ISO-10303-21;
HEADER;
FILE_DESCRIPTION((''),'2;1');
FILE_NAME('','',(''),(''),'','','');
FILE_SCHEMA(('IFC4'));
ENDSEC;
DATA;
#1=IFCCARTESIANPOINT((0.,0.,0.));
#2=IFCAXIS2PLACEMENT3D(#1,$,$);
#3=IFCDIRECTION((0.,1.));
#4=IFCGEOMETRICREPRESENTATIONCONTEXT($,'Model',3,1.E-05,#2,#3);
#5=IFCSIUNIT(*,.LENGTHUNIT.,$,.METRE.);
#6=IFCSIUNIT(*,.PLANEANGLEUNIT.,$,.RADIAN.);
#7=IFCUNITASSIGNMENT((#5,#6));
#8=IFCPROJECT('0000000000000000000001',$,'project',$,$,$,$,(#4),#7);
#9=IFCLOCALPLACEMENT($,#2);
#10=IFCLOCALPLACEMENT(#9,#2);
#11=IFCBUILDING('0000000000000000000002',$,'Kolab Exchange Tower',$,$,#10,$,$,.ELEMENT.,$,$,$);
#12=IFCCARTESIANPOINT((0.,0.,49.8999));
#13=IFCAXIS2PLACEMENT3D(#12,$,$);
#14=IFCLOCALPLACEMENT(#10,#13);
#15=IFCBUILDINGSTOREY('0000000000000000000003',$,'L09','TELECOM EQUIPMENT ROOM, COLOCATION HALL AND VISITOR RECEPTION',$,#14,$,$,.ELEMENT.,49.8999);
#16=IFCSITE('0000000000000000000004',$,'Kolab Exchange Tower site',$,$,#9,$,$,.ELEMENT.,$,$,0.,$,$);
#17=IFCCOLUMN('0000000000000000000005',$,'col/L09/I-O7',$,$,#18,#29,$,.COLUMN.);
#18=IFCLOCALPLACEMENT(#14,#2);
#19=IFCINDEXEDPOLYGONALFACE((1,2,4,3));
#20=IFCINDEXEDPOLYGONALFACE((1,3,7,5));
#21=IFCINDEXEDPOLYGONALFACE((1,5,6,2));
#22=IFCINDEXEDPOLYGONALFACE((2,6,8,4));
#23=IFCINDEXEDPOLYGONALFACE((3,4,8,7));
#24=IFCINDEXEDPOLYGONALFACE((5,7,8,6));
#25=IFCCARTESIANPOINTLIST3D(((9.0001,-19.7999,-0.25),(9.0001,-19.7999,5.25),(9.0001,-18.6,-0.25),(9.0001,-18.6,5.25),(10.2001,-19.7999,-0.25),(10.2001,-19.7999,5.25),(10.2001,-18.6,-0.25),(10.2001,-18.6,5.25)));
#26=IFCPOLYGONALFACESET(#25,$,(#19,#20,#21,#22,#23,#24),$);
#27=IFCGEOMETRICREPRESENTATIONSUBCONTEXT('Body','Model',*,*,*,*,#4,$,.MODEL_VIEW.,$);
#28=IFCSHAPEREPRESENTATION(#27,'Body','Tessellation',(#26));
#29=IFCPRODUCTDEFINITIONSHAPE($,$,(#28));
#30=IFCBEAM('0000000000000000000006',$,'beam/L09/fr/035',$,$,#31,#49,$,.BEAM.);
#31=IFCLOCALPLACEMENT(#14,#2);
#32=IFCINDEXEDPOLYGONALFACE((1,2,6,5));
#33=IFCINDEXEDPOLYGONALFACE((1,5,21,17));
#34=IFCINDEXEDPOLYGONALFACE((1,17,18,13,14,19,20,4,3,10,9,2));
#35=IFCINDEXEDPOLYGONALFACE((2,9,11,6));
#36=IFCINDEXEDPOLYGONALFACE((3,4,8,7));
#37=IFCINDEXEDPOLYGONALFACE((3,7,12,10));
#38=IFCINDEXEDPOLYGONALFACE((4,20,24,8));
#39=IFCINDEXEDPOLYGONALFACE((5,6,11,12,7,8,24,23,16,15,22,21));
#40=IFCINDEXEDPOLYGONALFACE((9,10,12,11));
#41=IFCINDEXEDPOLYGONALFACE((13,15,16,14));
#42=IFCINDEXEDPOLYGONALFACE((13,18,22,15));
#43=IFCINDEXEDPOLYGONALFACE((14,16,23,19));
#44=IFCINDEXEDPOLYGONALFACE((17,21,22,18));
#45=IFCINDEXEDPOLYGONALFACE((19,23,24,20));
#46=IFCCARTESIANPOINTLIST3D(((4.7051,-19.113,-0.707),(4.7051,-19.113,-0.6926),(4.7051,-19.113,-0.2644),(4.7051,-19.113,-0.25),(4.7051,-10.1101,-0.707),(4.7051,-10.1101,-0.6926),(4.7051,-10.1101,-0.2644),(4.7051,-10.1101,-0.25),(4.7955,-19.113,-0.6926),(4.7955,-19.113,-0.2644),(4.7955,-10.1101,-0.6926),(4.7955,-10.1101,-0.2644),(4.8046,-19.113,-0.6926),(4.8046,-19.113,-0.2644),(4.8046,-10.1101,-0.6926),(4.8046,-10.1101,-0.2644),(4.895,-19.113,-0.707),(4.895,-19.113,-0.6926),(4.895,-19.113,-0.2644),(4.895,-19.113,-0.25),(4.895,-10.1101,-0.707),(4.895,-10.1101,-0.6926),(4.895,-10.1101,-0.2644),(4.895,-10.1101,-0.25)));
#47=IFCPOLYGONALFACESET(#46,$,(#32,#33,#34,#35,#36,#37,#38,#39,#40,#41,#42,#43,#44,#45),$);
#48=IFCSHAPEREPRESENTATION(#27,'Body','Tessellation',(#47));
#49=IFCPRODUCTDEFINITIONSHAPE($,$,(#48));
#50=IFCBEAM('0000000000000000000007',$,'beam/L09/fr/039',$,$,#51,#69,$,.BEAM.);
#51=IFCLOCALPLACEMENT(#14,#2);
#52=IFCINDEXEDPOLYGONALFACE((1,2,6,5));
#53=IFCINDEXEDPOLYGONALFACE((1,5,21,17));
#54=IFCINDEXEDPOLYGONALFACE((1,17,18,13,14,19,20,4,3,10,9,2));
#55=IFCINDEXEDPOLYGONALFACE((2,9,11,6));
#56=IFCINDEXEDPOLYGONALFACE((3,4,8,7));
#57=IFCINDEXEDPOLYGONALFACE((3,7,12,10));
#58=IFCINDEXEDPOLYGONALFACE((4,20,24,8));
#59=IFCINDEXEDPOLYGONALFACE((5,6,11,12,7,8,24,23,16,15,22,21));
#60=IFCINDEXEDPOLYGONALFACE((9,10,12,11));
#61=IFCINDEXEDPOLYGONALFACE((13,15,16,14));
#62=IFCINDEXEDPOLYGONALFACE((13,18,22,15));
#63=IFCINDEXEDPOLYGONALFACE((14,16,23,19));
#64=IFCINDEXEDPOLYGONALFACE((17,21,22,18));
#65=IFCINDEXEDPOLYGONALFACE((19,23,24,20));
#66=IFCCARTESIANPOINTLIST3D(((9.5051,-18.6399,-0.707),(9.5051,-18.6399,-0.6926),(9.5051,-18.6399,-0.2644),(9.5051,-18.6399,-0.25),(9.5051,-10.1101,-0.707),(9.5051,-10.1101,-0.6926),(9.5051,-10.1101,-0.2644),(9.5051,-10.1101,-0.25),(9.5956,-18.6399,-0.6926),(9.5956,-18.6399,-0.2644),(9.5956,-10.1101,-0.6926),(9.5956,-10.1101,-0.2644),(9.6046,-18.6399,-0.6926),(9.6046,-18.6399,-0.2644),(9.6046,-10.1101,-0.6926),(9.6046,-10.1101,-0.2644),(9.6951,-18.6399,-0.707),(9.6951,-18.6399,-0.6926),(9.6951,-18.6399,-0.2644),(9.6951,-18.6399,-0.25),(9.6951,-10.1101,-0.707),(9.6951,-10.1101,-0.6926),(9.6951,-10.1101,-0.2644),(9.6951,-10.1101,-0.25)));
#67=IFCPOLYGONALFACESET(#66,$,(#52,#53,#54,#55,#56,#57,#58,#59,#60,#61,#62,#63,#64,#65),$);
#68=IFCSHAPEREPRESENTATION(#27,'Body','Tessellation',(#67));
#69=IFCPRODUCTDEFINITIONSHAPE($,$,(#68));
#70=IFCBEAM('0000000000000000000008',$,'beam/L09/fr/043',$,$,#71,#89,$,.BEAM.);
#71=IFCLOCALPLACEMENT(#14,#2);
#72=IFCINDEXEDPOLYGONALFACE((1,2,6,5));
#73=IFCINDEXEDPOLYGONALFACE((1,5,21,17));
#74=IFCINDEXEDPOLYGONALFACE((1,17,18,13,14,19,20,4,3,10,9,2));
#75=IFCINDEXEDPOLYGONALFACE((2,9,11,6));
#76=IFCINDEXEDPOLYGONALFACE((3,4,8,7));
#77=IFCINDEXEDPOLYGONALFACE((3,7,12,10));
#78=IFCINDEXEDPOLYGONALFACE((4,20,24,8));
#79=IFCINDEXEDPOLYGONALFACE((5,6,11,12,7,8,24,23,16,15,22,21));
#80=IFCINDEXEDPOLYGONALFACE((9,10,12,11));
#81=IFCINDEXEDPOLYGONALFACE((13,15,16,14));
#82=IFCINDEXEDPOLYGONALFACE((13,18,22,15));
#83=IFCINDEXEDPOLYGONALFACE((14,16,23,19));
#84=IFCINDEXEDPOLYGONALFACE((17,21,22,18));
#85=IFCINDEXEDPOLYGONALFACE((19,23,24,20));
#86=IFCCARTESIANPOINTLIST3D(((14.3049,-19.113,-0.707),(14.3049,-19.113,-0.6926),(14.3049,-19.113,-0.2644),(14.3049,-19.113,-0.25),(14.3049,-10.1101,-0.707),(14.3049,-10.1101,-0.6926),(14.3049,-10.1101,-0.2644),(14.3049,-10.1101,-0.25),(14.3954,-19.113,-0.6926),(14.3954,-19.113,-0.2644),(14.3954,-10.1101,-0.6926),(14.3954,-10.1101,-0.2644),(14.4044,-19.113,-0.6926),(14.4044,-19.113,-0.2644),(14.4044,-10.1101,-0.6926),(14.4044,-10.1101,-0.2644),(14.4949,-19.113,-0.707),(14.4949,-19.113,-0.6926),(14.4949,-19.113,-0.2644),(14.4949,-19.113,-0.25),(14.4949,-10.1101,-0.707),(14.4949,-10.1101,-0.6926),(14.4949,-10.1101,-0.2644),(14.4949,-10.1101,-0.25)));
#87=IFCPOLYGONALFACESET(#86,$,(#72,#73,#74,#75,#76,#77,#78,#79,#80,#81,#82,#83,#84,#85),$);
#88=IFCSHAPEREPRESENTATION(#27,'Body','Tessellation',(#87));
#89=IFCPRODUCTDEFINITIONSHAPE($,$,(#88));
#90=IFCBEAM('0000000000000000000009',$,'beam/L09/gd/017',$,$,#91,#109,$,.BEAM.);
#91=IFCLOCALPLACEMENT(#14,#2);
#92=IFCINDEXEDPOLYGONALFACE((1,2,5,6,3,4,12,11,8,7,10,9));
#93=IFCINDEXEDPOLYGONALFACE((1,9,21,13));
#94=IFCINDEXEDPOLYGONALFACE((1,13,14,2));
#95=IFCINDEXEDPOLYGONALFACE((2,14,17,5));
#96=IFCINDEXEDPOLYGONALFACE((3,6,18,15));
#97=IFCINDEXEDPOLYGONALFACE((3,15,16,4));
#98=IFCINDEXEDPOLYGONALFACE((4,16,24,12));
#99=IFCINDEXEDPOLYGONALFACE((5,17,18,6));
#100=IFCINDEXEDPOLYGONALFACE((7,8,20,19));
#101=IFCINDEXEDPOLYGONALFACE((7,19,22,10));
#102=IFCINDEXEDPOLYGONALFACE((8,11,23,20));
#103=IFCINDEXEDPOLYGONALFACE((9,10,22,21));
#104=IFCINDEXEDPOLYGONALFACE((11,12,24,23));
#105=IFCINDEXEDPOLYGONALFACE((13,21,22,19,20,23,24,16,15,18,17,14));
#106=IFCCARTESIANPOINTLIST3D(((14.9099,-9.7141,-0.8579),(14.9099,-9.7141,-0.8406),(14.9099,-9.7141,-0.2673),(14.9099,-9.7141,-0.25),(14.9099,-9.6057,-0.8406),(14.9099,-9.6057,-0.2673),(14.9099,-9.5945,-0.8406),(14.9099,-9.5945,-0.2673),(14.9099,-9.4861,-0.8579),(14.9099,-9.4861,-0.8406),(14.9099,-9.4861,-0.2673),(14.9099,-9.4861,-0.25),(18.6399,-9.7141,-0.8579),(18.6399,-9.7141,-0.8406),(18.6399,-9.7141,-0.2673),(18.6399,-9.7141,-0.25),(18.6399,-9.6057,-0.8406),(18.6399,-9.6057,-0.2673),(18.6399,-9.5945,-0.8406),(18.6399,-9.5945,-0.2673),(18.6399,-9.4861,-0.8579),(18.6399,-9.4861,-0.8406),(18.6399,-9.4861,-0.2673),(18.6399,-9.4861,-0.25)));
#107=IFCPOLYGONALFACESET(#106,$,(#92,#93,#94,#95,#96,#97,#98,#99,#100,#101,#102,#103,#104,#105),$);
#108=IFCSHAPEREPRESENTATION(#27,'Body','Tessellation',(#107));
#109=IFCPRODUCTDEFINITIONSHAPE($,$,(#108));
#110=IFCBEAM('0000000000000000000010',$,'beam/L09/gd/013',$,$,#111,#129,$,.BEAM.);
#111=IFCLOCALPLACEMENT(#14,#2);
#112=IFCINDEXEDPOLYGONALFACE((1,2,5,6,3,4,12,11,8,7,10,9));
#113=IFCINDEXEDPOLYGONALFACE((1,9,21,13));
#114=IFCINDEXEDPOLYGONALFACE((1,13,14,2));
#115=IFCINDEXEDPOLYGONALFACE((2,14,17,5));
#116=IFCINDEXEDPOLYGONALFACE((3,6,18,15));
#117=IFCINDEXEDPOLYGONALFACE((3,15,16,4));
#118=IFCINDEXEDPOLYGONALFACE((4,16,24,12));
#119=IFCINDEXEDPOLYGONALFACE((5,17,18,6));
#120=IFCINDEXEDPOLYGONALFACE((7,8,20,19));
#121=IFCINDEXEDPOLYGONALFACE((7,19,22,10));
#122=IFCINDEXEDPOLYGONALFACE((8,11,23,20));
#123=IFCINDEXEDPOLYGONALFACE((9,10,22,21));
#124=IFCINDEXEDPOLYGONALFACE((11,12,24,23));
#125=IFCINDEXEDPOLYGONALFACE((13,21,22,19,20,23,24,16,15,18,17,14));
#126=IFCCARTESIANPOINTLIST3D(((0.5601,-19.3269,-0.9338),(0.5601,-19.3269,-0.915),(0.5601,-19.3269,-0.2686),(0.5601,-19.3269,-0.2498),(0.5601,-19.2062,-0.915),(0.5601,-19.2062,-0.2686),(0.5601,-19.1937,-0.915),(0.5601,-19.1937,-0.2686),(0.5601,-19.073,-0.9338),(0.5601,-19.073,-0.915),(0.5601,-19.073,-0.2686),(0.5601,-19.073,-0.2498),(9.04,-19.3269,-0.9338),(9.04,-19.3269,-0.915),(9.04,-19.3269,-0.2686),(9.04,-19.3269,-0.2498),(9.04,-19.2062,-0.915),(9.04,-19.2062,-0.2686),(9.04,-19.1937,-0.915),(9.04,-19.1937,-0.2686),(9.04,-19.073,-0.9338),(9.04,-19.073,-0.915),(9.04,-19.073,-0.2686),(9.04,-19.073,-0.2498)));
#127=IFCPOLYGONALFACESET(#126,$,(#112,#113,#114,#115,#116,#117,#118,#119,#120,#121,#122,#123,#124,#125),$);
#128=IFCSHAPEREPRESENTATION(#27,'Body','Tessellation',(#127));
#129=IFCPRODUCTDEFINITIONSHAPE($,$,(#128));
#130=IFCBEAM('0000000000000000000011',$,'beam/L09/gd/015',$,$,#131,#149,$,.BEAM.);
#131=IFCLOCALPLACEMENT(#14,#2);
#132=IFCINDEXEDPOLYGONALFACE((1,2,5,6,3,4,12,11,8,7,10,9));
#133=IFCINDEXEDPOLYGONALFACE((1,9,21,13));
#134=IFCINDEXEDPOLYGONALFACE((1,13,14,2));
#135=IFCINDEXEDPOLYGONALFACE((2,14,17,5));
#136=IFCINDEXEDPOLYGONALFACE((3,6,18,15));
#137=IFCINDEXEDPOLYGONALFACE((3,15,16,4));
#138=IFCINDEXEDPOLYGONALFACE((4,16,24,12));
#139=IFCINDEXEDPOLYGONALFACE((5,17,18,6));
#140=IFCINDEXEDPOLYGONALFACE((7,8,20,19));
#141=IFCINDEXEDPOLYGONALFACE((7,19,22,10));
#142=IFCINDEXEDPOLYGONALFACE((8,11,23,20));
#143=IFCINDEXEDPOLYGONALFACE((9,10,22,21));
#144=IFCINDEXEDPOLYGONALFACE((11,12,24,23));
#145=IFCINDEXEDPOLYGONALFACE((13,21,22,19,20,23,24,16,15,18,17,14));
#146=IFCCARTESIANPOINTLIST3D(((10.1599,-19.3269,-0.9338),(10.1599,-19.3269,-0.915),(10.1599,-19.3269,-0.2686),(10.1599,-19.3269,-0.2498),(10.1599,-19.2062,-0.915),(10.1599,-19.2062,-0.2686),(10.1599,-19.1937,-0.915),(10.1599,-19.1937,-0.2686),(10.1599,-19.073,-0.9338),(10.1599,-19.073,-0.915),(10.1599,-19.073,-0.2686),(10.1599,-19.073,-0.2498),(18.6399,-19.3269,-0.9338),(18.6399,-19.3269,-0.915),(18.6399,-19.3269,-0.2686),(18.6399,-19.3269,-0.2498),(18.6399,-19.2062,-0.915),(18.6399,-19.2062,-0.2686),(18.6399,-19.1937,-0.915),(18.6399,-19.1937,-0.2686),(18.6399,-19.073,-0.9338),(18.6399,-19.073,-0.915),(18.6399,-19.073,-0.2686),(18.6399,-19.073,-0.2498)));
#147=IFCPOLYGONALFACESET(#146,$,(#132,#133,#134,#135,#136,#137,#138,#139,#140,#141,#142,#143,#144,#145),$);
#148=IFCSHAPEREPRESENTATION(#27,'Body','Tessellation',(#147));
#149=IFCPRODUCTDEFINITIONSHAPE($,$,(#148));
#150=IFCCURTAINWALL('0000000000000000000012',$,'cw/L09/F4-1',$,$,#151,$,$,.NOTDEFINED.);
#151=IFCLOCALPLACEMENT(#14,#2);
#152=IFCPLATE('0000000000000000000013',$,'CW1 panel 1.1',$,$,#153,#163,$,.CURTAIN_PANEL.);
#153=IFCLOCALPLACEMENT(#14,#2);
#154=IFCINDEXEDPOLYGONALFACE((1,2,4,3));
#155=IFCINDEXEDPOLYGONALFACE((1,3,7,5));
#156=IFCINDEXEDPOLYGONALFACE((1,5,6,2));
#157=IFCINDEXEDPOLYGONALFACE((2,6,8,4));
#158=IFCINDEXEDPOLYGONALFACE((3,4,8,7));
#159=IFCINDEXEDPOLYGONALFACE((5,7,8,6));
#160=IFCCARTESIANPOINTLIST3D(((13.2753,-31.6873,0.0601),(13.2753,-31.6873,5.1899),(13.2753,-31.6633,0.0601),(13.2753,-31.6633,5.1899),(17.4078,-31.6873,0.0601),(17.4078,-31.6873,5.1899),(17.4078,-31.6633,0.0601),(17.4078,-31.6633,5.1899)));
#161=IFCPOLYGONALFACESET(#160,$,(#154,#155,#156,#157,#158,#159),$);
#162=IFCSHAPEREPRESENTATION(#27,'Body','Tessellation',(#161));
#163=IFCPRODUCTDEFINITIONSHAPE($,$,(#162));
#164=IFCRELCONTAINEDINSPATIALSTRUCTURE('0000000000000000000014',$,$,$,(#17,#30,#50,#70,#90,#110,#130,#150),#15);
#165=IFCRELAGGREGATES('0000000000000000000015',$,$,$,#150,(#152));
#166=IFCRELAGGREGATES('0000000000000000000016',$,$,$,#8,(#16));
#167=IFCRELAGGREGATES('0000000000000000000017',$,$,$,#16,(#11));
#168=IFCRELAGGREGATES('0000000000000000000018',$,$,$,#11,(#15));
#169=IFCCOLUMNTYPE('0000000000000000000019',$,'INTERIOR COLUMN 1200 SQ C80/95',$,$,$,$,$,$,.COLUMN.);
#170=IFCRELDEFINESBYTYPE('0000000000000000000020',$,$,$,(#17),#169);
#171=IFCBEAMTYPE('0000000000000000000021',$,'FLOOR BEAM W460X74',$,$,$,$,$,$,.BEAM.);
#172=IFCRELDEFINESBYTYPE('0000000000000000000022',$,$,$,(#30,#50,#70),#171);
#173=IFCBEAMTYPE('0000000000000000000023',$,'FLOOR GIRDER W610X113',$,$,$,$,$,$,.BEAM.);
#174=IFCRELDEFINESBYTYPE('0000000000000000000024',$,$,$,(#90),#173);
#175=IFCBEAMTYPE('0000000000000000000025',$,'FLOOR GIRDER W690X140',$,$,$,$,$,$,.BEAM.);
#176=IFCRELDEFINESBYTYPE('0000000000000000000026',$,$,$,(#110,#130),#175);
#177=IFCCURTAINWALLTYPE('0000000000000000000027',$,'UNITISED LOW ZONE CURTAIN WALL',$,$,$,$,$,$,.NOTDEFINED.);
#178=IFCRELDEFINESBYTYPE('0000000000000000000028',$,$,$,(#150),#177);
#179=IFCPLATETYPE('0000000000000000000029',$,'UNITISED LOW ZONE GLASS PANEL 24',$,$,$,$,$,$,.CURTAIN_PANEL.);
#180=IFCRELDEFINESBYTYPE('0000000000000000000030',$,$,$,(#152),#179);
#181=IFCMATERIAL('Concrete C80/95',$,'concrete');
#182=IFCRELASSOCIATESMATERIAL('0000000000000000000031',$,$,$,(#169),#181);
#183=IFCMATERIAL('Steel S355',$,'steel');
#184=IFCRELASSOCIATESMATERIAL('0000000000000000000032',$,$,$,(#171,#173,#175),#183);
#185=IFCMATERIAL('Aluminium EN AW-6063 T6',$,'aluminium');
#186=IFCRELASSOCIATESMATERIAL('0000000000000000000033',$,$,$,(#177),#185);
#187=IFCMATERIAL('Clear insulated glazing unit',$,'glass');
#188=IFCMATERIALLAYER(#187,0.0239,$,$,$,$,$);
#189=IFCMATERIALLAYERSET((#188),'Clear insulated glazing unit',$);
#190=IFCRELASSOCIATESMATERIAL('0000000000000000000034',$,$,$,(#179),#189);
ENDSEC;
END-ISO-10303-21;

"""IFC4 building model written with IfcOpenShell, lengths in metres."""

from ifc_helpers import new_model, si_unit, direction, frame, origin, origin_2d, place, context, subcontext, project, spatial, rectangle, i_section, extrude, material, layer, layer_set, material_profile, profile_set, type_object, element, aggregate, save


model = new_model("IFC4")

# Units and contexts
model_context = context("Model", 3, precision=1e-05, world=origin(), true_north=direction((0.0, 1.0)))
body_context = subcontext(model_context, "Body", "Model", "MODEL_VIEW")
ifc_project = project(units=[si_unit("LENGTHUNIT", "METRE"), si_unit("PLANEANGLEUNIT", "RADIAN")], contexts=[model_context])

# Site, building, storey
site_placement = place(None, origin())
site = spatial("IfcSite", under=ifc_project, at=site_placement, Name="Kolab Exchange Tower site", CompositionType="ELEMENT", RefElevation=0.0)
building_placement = place(site_placement, origin())
building = spatial("IfcBuilding", under=site, at=building_placement, Name="Kolab Exchange Tower", CompositionType="ELEMENT")
storey_placement = place(building_placement, frame((0.0, 0.0, 49.8999)))
storey = spatial("IfcBuildingStorey", under=building, at=storey_placement, Name="L09", Description="TELECOM EQUIPMENT ROOM, COLOCATION HALL AND VISITOR RECEPTION", CompositionType="ELEMENT", Elevation=49.8999)

# Column
ifc_material_1 = material(Name="Concrete C80/95", Category="concrete")
ifc_material_profile_1 = material_profile(ifc_material_1, rectangle(XDim=1.2, YDim=1.2, at=origin_2d()), Name="RC1200")
ifc_profile_set_1 = profile_set([ifc_material_profile_1], Name="Concrete C80/95")
column_type = type_object("IfcColumnType", Name="INTERIOR COLUMN 1200 SQ C80/95", PredefinedType="COLUMN", material=ifc_profile_set_1)
column_placement = place(storey_placement, frame((9.6001, -19.2, -0.25), z_axis=(0.0, 0.0, 1.0), x_axis=(1.0, 0.0, 0.0)))
element("IfcColumn", 1, at=column_placement, inside=storey, type_object=column_type, Name="col/L09/I-O7", PredefinedType="COLUMN", context=body_context, shape_type="SweptSolid", body=[
    extrude(rectangle(XDim=1.2, YDim=1.2, at=origin_2d()), origin(), (0.0, 0.0, 1.0), 5.5),
])

# Beams
ifc_material_2 = material(Name="Steel S355", Category="steel")
ifc_material_profile_2 = material_profile(ifc_material_2, i_section(OverallWidth=0.1899, OverallDepth=0.457, WebThickness=0.009, FlangeThickness=0.0144, at=origin_2d()), Name="W460X74")
ifc_profile_set_2 = profile_set([ifc_material_profile_2], Name="Steel S355")
beam_type_1 = type_object("IfcBeamType", Name="FLOOR BEAM W460X74", PredefinedType="BEAM", material=ifc_profile_set_2)
beam_1_placement = place(storey_placement, frame((4.8, -19.113, -0.4785), z_axis=(0.0, 1.0, 0.0), x_axis=(-1.0, 0.0, 0.0)))
element("IfcBeam", 2, at=beam_1_placement, inside=storey, type_object=beam_type_1, Name="beam/L09/fr/035", PredefinedType="BEAM", context=body_context, shape_type="SweptSolid", body=[
    extrude(i_section(OverallWidth=0.1899, OverallDepth=0.457, WebThickness=0.009, FlangeThickness=0.0144, at=origin_2d()), origin(), (0.0, 0.0, 1.0), 9.0029),
])
beam_2_placement = place(storey_placement, frame((9.6001, -18.6399, -0.4785), z_axis=(0.0, 1.0, 0.0), x_axis=(-1.0, 0.0, 0.0)))
element("IfcBeam", 3, at=beam_2_placement, inside=storey, type_object=beam_type_1, Name="beam/L09/fr/039", PredefinedType="BEAM", context=body_context, shape_type="SweptSolid", body=[
    extrude(i_section(OverallWidth=0.1899, OverallDepth=0.457, WebThickness=0.009, FlangeThickness=0.0144, at=origin_2d()), origin(), (0.0, 0.0, 1.0), 8.5298),
])
beam_3_placement = place(storey_placement, frame((14.3999, -19.113, -0.4785), z_axis=(0.0, 1.0, 0.0), x_axis=(-1.0, 0.0, 0.0)))
element("IfcBeam", 4, at=beam_3_placement, inside=storey, type_object=beam_type_1, Name="beam/L09/fr/043", PredefinedType="BEAM", context=body_context, shape_type="SweptSolid", body=[
    extrude(i_section(OverallWidth=0.1899, OverallDepth=0.457, WebThickness=0.009, FlangeThickness=0.0144, at=origin_2d()), origin(), (0.0, 0.0, 1.0), 9.0029),
])
ifc_material_profile_3 = material_profile(ifc_material_2, i_section(OverallWidth=0.228, OverallDepth=0.6079, WebThickness=0.0112, FlangeThickness=0.0173, at=origin_2d()), Name="W610X113")
ifc_profile_set_3 = profile_set([ifc_material_profile_3], Name="Steel S355")
beam_type_2 = type_object("IfcBeamType", Name="FLOOR GIRDER W610X113", PredefinedType="BEAM", material=ifc_profile_set_3)
beam_4_placement = place(storey_placement, frame((14.9099, -9.6001, -0.554), z_axis=(1.0, 0.0, 0.0), x_axis=(0.0, 1.0, 0.0)))
element("IfcBeam", 5, at=beam_4_placement, inside=storey, type_object=beam_type_2, Name="beam/L09/gd/017", PredefinedType="BEAM", context=body_context, shape_type="SweptSolid", body=[
    extrude(i_section(OverallWidth=0.228, OverallDepth=0.6079, WebThickness=0.0112, FlangeThickness=0.0173, at=origin_2d()), origin(), (0.0, 0.0, 1.0), 3.73),
])
ifc_material_profile_4 = material_profile(ifc_material_2, i_section(OverallWidth=0.2539, OverallDepth=0.6841, WebThickness=0.0125, FlangeThickness=0.0188, at=origin_2d()), Name="W690X140")
ifc_profile_set_4 = profile_set([ifc_material_profile_4], Name="Steel S355")
beam_type_3 = type_object("IfcBeamType", Name="FLOOR GIRDER W690X140", PredefinedType="BEAM", material=ifc_profile_set_4)
for number, where, z_axis, x_axis, name in (
    (6, (0.5601, -19.2, -0.5918), (1.0, 0.0, 0.0), (0.0, 1.0, 0.0), "beam/L09/gd/013"),
    (7, (10.1599, -19.2, -0.5918), (1.0, 0.0, 0.0), (0.0, 1.0, 0.0), "beam/L09/gd/015"),
):
    element("IfcBeam", number, at=place(storey_placement, frame(where, z_axis=z_axis, x_axis=x_axis)), inside=storey, type_object=beam_type_3, Name=name, PredefinedType="BEAM", context=body_context, shape_type="SweptSolid", body=[
        extrude(i_section(OverallWidth=0.2539, OverallDepth=0.6841, WebThickness=0.0125, FlangeThickness=0.0188, at=origin_2d()), origin(), (0.0, 0.0, 1.0), 8.48),
    ])

# Curtain wall, plate
ifc_material_3 = material(Name="Aluminium EN AW-6063 T6", Category="aluminium")
curtain_wall_type = type_object("IfcCurtainWallType", Name="UNITISED LOW ZONE CURTAIN WALL", PredefinedType="NOTDEFINED", material=ifc_material_3)
curtain_wall_placement = place(storey_placement, origin())
curtain_wall = element("IfcCurtainWall", 8, at=curtain_wall_placement, inside=storey, type_object=curtain_wall_type, Name="cw/L09/F4-1", PredefinedType="NOTDEFINED")
ifc_material_4 = material(Name="Clear insulated glazing unit", Category="glass")
ifc_layer_1 = layer(ifc_material_4, 0.0239)
ifc_layer_set_1 = layer_set([ifc_layer_1], Name="Clear insulated glazing unit")
plate_type = type_object("IfcPlateType", Name="UNITISED LOW ZONE GLASS PANEL 24", PredefinedType="CURTAIN_PANEL", material=ifc_layer_set_1)
plate_placement = place(storey_placement, frame((15.3416, -31.6753, 0.0601), z_axis=(0.0, 0.0, 1.0), x_axis=(-1.0, 0.0, 0.0)))
plate = element("IfcPlate", 9, at=plate_placement, type_object=plate_type, Name="CW1 panel 1.1", PredefinedType="CURTAIN_PANEL", context=body_context, shape_type="SweptSolid", body=[
    extrude(rectangle(XDim=4.1326, YDim=0.0239, at=origin_2d()), origin(), (0.0, 0.0, 1.0), 5.1299),
])
aggregate(curtain_wall, [plate])

save(model, "model.ifc")
